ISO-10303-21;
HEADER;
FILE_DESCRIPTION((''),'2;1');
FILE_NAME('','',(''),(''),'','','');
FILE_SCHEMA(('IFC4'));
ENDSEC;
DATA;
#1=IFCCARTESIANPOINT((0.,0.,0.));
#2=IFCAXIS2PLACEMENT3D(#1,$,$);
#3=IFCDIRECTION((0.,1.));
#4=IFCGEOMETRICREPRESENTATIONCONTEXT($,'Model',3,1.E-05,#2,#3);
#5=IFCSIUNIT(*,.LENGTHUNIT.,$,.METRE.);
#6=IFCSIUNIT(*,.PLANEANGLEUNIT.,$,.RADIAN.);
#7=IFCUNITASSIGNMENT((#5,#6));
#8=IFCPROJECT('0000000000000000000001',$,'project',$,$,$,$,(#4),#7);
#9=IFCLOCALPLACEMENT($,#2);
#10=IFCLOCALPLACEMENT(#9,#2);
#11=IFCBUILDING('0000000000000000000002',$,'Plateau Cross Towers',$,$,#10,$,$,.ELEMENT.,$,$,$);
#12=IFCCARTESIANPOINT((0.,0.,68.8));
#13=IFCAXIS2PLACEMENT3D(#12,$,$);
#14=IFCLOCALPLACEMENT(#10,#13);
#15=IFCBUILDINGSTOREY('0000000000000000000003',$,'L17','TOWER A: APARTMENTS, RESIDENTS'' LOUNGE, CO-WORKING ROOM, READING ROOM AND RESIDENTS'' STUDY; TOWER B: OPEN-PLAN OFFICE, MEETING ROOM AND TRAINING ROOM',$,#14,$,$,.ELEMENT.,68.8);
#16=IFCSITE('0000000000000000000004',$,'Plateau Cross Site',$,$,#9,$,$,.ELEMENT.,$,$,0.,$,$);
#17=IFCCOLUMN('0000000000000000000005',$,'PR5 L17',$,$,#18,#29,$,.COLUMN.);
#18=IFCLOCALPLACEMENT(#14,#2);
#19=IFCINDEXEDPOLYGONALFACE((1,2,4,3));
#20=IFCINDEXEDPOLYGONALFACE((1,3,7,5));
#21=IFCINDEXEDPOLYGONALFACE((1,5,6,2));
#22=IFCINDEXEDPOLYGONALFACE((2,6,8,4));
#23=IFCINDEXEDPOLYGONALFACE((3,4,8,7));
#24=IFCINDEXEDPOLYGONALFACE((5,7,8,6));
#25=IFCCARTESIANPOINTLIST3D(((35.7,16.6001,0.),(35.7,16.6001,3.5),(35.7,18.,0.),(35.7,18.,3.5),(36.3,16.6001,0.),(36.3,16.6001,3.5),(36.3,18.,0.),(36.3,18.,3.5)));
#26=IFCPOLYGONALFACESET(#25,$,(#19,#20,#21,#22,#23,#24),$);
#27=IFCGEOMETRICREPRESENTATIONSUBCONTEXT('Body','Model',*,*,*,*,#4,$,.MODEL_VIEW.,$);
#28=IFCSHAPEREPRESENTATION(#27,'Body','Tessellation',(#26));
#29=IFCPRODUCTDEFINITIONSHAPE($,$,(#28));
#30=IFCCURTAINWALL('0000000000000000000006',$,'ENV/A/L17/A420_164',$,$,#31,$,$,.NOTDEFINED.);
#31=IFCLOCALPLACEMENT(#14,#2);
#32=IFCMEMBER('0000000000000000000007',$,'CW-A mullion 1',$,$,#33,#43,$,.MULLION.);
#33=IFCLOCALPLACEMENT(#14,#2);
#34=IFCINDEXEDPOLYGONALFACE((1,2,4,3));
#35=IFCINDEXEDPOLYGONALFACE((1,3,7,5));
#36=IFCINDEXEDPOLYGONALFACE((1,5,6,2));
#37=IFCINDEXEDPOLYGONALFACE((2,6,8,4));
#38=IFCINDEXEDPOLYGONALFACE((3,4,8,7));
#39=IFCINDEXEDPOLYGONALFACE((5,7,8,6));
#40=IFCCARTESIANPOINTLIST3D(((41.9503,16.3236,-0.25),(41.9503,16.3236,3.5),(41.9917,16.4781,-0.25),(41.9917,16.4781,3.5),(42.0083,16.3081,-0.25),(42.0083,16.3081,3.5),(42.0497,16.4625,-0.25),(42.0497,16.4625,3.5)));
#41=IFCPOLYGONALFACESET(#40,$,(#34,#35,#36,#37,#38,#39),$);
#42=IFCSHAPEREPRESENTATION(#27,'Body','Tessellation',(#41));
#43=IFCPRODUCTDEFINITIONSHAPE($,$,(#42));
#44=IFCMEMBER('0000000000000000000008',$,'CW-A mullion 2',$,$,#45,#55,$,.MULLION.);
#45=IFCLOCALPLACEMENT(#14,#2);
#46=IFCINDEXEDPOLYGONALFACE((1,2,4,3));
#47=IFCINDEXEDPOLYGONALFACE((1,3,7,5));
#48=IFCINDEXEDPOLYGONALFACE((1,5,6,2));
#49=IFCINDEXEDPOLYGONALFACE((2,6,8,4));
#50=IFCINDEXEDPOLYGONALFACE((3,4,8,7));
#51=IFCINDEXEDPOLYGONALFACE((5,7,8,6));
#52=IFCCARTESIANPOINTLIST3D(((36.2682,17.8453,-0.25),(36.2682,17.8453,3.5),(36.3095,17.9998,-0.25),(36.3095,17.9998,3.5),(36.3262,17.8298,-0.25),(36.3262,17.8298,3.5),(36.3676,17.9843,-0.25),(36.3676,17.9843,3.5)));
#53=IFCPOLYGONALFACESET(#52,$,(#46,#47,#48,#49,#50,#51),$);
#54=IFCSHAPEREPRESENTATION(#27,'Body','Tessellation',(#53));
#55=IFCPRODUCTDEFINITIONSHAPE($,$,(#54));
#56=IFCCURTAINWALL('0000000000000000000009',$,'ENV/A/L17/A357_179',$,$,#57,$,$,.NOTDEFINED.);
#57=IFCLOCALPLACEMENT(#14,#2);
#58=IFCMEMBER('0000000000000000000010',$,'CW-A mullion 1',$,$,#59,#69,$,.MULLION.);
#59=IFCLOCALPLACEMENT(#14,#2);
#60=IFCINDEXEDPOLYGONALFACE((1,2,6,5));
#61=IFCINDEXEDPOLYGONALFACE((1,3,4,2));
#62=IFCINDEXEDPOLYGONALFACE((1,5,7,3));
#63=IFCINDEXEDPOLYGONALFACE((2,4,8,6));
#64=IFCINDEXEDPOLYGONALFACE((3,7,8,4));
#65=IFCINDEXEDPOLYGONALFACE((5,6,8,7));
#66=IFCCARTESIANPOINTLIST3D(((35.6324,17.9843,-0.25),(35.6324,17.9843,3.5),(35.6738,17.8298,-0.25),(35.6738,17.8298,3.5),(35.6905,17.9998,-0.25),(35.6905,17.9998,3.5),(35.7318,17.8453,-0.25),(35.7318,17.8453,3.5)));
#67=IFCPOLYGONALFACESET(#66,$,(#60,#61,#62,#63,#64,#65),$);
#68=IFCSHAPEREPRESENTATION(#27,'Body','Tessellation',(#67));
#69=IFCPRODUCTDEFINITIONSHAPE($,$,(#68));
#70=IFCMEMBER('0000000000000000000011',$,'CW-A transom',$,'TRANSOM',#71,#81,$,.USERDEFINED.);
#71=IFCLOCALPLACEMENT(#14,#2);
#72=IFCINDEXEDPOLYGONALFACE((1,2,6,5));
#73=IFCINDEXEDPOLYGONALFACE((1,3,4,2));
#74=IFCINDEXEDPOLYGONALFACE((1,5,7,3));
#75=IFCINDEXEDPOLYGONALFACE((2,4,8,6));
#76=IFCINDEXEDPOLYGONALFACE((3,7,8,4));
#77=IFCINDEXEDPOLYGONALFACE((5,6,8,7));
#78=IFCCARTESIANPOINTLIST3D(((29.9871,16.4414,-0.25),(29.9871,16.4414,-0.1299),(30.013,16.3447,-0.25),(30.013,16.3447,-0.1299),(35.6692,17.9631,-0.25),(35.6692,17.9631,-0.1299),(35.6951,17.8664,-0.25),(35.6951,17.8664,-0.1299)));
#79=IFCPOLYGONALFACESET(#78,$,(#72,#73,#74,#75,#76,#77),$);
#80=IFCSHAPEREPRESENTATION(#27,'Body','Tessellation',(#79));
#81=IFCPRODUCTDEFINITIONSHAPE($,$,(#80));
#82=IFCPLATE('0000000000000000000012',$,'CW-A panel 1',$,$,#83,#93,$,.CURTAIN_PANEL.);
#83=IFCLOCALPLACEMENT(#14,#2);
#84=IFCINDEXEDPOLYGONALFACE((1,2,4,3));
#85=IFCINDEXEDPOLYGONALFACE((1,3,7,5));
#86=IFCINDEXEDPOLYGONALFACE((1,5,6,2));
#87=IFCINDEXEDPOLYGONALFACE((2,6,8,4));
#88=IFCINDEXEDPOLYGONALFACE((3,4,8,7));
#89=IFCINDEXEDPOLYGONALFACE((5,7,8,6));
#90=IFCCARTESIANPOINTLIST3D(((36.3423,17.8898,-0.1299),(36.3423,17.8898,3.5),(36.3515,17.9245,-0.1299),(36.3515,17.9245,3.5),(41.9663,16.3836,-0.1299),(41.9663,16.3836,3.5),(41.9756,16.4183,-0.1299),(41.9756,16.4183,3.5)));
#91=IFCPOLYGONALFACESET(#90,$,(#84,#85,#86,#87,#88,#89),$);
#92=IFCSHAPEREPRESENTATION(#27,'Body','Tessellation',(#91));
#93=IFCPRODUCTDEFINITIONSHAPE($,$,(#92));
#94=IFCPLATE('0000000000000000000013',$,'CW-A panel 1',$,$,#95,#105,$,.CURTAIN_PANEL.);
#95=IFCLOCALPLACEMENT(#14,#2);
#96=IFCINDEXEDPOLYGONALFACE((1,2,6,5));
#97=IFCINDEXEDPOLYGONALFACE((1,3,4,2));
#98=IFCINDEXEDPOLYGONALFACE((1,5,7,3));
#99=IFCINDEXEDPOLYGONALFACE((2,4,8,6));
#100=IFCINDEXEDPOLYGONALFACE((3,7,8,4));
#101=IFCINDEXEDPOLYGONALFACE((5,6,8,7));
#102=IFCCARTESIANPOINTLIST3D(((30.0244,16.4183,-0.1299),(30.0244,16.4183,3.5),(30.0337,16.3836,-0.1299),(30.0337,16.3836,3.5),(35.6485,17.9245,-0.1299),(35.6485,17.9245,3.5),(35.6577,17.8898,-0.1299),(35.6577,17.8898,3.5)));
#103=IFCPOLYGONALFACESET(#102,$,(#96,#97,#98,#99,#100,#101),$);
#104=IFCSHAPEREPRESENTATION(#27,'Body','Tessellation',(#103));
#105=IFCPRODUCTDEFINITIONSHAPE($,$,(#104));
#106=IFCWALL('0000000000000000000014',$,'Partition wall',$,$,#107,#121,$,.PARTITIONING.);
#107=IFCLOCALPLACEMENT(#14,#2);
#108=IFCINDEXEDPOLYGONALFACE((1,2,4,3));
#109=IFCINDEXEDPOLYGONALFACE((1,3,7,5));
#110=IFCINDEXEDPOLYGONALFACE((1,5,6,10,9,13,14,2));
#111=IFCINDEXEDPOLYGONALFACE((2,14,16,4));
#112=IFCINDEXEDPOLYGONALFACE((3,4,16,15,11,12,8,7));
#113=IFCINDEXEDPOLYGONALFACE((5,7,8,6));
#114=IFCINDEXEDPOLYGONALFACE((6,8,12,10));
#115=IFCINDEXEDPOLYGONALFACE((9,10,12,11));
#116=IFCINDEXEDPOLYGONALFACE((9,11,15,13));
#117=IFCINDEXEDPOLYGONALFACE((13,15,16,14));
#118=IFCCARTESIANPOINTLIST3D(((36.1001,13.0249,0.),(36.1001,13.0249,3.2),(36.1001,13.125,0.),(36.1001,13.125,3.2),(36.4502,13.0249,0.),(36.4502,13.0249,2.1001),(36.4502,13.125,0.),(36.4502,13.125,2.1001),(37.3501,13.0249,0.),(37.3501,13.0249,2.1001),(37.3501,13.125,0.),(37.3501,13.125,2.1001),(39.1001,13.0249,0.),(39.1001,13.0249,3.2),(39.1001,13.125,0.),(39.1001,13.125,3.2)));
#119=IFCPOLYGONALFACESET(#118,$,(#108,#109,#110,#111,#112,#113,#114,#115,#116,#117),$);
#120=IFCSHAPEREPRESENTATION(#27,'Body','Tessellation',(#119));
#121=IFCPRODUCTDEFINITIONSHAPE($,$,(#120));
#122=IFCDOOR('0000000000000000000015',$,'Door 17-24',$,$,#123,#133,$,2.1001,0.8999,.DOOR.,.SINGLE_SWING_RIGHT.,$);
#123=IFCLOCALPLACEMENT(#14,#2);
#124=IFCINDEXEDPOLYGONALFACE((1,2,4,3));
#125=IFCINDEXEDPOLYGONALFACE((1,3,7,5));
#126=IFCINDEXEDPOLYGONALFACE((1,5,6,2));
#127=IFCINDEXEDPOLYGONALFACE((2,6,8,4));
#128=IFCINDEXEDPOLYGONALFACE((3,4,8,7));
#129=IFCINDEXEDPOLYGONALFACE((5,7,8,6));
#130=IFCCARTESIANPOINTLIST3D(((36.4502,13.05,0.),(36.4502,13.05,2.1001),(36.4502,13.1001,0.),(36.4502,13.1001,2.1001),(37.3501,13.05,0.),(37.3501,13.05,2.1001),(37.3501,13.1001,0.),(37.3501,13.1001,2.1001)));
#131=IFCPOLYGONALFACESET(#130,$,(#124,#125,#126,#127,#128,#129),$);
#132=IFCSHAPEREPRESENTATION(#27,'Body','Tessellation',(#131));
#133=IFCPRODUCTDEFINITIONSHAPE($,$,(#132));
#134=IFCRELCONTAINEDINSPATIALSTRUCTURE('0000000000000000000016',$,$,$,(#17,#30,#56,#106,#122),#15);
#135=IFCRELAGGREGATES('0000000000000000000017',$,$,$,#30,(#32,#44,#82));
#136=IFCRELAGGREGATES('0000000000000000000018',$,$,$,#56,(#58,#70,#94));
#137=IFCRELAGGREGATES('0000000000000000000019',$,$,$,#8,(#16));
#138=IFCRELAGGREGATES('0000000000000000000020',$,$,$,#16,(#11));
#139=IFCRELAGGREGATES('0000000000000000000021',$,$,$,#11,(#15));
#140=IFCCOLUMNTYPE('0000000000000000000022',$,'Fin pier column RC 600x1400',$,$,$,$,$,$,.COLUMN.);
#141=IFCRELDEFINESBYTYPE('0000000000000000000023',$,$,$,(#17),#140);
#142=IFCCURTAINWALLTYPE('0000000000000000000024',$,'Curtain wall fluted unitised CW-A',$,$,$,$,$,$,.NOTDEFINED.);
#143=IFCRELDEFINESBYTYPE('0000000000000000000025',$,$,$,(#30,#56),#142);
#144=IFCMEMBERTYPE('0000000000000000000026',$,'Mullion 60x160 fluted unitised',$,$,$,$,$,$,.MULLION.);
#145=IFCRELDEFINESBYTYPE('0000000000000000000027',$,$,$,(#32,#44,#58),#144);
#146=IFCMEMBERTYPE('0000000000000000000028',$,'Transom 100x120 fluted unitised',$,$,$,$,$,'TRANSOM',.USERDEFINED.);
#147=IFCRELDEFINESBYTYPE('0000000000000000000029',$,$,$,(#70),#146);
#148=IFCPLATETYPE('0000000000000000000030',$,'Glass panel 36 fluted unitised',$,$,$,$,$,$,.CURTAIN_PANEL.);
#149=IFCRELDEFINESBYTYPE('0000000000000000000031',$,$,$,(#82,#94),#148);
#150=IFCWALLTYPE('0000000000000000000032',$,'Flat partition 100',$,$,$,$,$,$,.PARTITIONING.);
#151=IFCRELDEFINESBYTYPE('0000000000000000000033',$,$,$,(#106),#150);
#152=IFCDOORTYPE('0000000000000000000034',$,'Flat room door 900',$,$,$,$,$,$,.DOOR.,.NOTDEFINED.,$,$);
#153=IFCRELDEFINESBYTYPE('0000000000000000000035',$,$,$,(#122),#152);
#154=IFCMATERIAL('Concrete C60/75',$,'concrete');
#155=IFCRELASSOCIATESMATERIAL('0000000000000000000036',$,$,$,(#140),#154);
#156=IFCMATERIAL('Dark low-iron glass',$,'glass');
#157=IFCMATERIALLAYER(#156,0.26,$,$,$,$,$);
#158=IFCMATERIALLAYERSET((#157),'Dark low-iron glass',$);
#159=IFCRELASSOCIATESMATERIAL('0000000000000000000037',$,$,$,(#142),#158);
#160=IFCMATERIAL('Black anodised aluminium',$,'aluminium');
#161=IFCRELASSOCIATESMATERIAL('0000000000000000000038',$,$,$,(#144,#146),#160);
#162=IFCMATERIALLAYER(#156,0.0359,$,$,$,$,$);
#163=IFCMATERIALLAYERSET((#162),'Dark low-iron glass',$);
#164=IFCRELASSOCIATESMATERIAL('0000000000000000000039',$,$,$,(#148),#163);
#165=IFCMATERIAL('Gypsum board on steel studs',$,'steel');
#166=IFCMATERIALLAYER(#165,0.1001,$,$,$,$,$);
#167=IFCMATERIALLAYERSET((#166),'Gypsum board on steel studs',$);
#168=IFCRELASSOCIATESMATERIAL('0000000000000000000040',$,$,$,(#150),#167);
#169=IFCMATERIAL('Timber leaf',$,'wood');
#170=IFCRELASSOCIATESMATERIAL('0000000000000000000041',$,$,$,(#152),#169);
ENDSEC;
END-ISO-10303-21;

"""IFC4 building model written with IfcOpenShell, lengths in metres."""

from ifc_helpers import new_model, si_unit, direction, frame, frame_2d, origin, origin_2d, place, context, subcontext, project, spatial, rectangle, extrude, material, layer, layer_set, material_profile, profile_set, type_object, element, fill, aggregate, save


model = new_model("IFC4")

# Units and contexts
model_context = context("Model", 3, precision=1e-05, world=origin(), true_north=direction((0.0, 1.0)))
body_context = subcontext(model_context, "Body", "Model", "MODEL_VIEW")
ifc_project = project(units=[si_unit("LENGTHUNIT", "METRE"), si_unit("PLANEANGLEUNIT", "RADIAN")], contexts=[model_context])

# Site, building, storey
site_placement = place(None, origin())
site = spatial("IfcSite", under=ifc_project, at=site_placement, Name="Plateau Cross Site", CompositionType="ELEMENT", RefElevation=0.0)
building_placement = place(site_placement, origin())
building = spatial("IfcBuilding", under=site, at=building_placement, Name="Plateau Cross Towers", CompositionType="ELEMENT")
storey_placement = place(building_placement, frame((0.0, 0.0, 68.8)))
storey = spatial("IfcBuildingStorey", under=building, at=storey_placement, Name="L17", Description="TOWER A: APARTMENTS, RESIDENTS' LOUNGE, CO-WORKING ROOM, READING ROOM AND RESIDENTS' STUDY; TOWER B: OPEN-PLAN OFFICE, MEETING ROOM AND TRAINING ROOM", CompositionType="ELEMENT", Elevation=68.8)

# Column
ifc_material_1 = material(Name="Concrete C60/75", Category="concrete")
ifc_material_profile_1 = material_profile(ifc_material_1, rectangle(XDim=0.6001, YDim=1.3999, at=origin_2d()), Name="RC 600x1400")
ifc_profile_set_1 = profile_set([ifc_material_profile_1], Name="Concrete C60/75")
column_type = type_object("IfcColumnType", Name="Fin pier column RC 600x1400", PredefinedType="COLUMN", material=ifc_profile_set_1)
column_placement = place(storey_placement, frame((36.0, 17.3, 0.0), z_axis=(0.0, 0.0, 1.0), x_axis=(1.0, 0.0, 0.0)))
element("IfcColumn", 1, at=column_placement, inside=storey, type_object=column_type, Name="PR5 L17", PredefinedType="COLUMN", context=body_context, shape_type="SweptSolid", body=[
    extrude(rectangle(XDim=0.6001, YDim=1.3999, at=origin_2d()), origin(), (0.0, 0.0, 1.0), 3.5),
])

# Curtain walls, members
ifc_material_2 = material(Name="Dark low-iron glass", Category="glass")
ifc_layer_1 = layer(ifc_material_2, 0.26)
ifc_layer_set_1 = layer_set([ifc_layer_1], Name="Dark low-iron glass")
curtain_wall_type = type_object("IfcCurtainWallType", Name="Curtain wall fluted unitised CW-A", PredefinedType="NOTDEFINED", material=ifc_layer_set_1)
curtain_wall_1_placement = place(storey_placement, origin())
curtain_wall_1 = element("IfcCurtainWall", 2, at=curtain_wall_1_placement, inside=storey, type_object=curtain_wall_type, Name="ENV/A/L17/A420_164", PredefinedType="NOTDEFINED")
ifc_material_3 = material(Name="Black anodised aluminium", Category="aluminium")
ifc_material_profile_2 = material_profile(ifc_material_3, rectangle(XDim=0.0601, YDim=0.1599, at=origin_2d()), Name="MULLION 60x160")
ifc_profile_set_2 = profile_set([ifc_material_profile_2], Name="Black anodised aluminium")
member_type_1 = type_object("IfcMemberType", Name="Mullion 60x160 fluted unitised", PredefinedType="MULLION", material=ifc_profile_set_2)
member_1_placement = place(storey_placement, frame((42.0, 16.3931, -0.25), z_axis=(0.0, 0.0, 1.0), x_axis=(-0.965958, 0.258699, 0.0)))
member_1 = element("IfcMember", 3, at=member_1_placement, type_object=member_type_1, Name="CW-A mullion 1", PredefinedType="MULLION", context=body_context, shape_type="SweptSolid", body=[
    extrude(rectangle(XDim=0.0601, YDim=0.1599, at=origin_2d()), origin(), (0.0, 0.0, 1.0), 3.75),
])
member_2_placement = place(storey_placement, frame((36.3179, 17.9148, -0.25), z_axis=(0.0, 0.0, 1.0), x_axis=(-0.965958, 0.258699, 0.0)))
member_2 = element("IfcMember", 4, at=member_2_placement, type_object=member_type_1, Name="CW-A mullion 2", PredefinedType="MULLION", context=body_context, shape_type="SweptSolid", body=[
    extrude(rectangle(XDim=0.0601, YDim=0.1599, at=origin_2d()), origin(), (0.0, 0.0, 1.0), 3.75),
])
curtain_wall_2_placement = place(storey_placement, origin())
curtain_wall_2 = element("IfcCurtainWall", 5, at=curtain_wall_2_placement, inside=storey, type_object=curtain_wall_type, Name="ENV/A/L17/A357_179", PredefinedType="NOTDEFINED")
member_3_placement = place(storey_placement, frame((35.6821, 17.9148, -0.25), z_axis=(0.0, 0.0, 1.0), x_axis=(-0.965958, -0.258699, 0.0)))
member_3 = element("IfcMember", 6, at=member_3_placement, type_object=member_type_1, Name="CW-A mullion 1", PredefinedType="MULLION", context=body_context, shape_type="SweptSolid", body=[
    extrude(rectangle(XDim=0.0601, YDim=0.1599, at=origin_2d()), origin(), (0.0, 0.0, 1.0), 3.75),
])
ifc_material_profile_3 = material_profile(ifc_material_3, rectangle(XDim=0.1001, YDim=0.1201, at=origin_2d()), Name="TRANSOM 100x120")
ifc_profile_set_3 = profile_set([ifc_material_profile_3], Name="Black anodised aluminium")
member_type_2 = type_object("IfcMemberType", Name="Transom 100x120 fluted unitised", ElementType="TRANSOM", PredefinedType="USERDEFINED", material=ifc_profile_set_3)
member_4_placement = place(storey_placement, frame((35.6821, 17.9148, -0.1899), z_axis=(-0.96596, -0.258693, 0.0), x_axis=(0.258693, -0.96596, 0.0)))
member_4 = element("IfcMember", 7, at=member_4_placement, type_object=member_type_2, Name="CW-A transom", ObjectType="TRANSOM", PredefinedType="USERDEFINED", context=body_context, shape_type="SweptSolid", body=[
    extrude(rectangle(XDim=0.1001, YDim=0.1201, at=origin_2d()), origin(), (0.0, 0.0, 1.0), 5.8823),
])

# Plates
ifc_layer_2 = layer(ifc_material_2, 0.0359)
ifc_layer_set_2 = layer_set([ifc_layer_2], Name="Dark low-iron glass")
plate_type = type_object("IfcPlateType", Name="Glass panel 36 fluted unitised", PredefinedType="CURTAIN_PANEL", material=ifc_layer_set_2)
plate_1_placement = place(storey_placement, frame((39.1589, 17.1541, -0.1299), z_axis=(0.0, 0.0, 1.0), x_axis=(-0.965958, 0.258699, 0.0)))
plate_1 = element("IfcPlate", 8, at=plate_1_placement, type_object=plate_type, Name="CW-A panel 1", PredefinedType="CURTAIN_PANEL", context=body_context, shape_type="SweptSolid", body=[
    extrude(rectangle(XDim=5.8223, YDim=0.0359, at=origin_2d()), origin(), (0.0, 0.0, 1.0), 3.6299),
])
aggregate(curtain_wall_1, [member_1, member_2, plate_1])
plate_2_placement = place(storey_placement, frame((32.8411, 17.1541, -0.1299), z_axis=(0.0, 0.0, 1.0), x_axis=(-0.965958, -0.258699, 0.0)))
plate_2 = element("IfcPlate", 9, at=plate_2_placement, type_object=plate_type, Name="CW-A panel 1", PredefinedType="CURTAIN_PANEL", context=body_context, shape_type="SweptSolid", body=[
    extrude(rectangle(XDim=5.8223, YDim=0.0359, at=origin_2d()), origin(), (0.0, 0.0, 1.0), 3.6299),
])
aggregate(curtain_wall_2, [member_3, member_4, plate_2])

# Wall, opening, door
ifc_material_4 = material(Name="Gypsum board on steel studs", Category="steel")
ifc_layer_3 = layer(ifc_material_4, 0.1001)
ifc_layer_set_3 = layer_set([ifc_layer_3], Name="Gypsum board on steel studs")
wall_type_1 = type_object("IfcWallType", Name="Flat partition 100", PredefinedType="PARTITIONING", material=ifc_layer_set_3)
wall_1_placement = place(storey_placement, frame((39.1001, 13.075, 0.0), z_axis=(0.0, 0.0, 1.0), x_axis=(-1.0, 0.0, 0.0)))
wall_1 = element("IfcWall", 10, at=wall_1_placement, inside=storey, type_object=wall_type_1, Name="Partition wall", PredefinedType="PARTITIONING", context=body_context, shape_type="SweptSolid", body=[
    extrude(rectangle(XDim=3.0, YDim=0.1001, at=frame_2d((1.5, 0.0))), origin(), (0.0, 0.0, 1.0), 3.2),
])
opening_1_placement = place(wall_1_placement, frame((1.75, 0.0, 0.0)))
opening_1 = element("IfcOpeningElement", 11, at=opening_1_placement, cuts=wall_1, PredefinedType="OPENING", context=body_context, shape_type="SweptSolid", body=[
    extrude(rectangle(XDim=0.8999, YDim=2.1001, at=frame_2d((0.45, 1.05))), frame((0.0, 0.0601, 0.0), z_axis=(0.0, -1.0, 0.0), x_axis=(1.0, 0.0, 0.0)), (0.0, 0.0, 1.0), 0.1201),
])
ifc_material_5 = material(Name="Timber leaf", Category="wood")
door_type = type_object("IfcDoorType", Name="Flat room door 900", OperationType="NOTDEFINED", PredefinedType="DOOR", material=ifc_material_5)
door_1_placement = place(opening_1_placement, origin())
door_1 = element("IfcDoor", 12, at=door_1_placement, inside=storey, type_object=door_type, Name="Door 17-24", OperationType="SINGLE_SWING_RIGHT", OverallHeight=2.1001, OverallWidth=0.8999, PredefinedType="DOOR", context=body_context, shape_type="SweptSolid", body=[
    extrude(rectangle(XDim=0.8999, YDim=2.1001, at=frame_2d((0.45, 1.05))), frame((0.0, 0.0249, 0.0), z_axis=(0.0, -1.0, 0.0), x_axis=(1.0, 0.0, 0.0)), (0.0, 0.0, 1.0), 0.05),
])
fill(opening_1, door_1)

save(model, "model.ifc")
